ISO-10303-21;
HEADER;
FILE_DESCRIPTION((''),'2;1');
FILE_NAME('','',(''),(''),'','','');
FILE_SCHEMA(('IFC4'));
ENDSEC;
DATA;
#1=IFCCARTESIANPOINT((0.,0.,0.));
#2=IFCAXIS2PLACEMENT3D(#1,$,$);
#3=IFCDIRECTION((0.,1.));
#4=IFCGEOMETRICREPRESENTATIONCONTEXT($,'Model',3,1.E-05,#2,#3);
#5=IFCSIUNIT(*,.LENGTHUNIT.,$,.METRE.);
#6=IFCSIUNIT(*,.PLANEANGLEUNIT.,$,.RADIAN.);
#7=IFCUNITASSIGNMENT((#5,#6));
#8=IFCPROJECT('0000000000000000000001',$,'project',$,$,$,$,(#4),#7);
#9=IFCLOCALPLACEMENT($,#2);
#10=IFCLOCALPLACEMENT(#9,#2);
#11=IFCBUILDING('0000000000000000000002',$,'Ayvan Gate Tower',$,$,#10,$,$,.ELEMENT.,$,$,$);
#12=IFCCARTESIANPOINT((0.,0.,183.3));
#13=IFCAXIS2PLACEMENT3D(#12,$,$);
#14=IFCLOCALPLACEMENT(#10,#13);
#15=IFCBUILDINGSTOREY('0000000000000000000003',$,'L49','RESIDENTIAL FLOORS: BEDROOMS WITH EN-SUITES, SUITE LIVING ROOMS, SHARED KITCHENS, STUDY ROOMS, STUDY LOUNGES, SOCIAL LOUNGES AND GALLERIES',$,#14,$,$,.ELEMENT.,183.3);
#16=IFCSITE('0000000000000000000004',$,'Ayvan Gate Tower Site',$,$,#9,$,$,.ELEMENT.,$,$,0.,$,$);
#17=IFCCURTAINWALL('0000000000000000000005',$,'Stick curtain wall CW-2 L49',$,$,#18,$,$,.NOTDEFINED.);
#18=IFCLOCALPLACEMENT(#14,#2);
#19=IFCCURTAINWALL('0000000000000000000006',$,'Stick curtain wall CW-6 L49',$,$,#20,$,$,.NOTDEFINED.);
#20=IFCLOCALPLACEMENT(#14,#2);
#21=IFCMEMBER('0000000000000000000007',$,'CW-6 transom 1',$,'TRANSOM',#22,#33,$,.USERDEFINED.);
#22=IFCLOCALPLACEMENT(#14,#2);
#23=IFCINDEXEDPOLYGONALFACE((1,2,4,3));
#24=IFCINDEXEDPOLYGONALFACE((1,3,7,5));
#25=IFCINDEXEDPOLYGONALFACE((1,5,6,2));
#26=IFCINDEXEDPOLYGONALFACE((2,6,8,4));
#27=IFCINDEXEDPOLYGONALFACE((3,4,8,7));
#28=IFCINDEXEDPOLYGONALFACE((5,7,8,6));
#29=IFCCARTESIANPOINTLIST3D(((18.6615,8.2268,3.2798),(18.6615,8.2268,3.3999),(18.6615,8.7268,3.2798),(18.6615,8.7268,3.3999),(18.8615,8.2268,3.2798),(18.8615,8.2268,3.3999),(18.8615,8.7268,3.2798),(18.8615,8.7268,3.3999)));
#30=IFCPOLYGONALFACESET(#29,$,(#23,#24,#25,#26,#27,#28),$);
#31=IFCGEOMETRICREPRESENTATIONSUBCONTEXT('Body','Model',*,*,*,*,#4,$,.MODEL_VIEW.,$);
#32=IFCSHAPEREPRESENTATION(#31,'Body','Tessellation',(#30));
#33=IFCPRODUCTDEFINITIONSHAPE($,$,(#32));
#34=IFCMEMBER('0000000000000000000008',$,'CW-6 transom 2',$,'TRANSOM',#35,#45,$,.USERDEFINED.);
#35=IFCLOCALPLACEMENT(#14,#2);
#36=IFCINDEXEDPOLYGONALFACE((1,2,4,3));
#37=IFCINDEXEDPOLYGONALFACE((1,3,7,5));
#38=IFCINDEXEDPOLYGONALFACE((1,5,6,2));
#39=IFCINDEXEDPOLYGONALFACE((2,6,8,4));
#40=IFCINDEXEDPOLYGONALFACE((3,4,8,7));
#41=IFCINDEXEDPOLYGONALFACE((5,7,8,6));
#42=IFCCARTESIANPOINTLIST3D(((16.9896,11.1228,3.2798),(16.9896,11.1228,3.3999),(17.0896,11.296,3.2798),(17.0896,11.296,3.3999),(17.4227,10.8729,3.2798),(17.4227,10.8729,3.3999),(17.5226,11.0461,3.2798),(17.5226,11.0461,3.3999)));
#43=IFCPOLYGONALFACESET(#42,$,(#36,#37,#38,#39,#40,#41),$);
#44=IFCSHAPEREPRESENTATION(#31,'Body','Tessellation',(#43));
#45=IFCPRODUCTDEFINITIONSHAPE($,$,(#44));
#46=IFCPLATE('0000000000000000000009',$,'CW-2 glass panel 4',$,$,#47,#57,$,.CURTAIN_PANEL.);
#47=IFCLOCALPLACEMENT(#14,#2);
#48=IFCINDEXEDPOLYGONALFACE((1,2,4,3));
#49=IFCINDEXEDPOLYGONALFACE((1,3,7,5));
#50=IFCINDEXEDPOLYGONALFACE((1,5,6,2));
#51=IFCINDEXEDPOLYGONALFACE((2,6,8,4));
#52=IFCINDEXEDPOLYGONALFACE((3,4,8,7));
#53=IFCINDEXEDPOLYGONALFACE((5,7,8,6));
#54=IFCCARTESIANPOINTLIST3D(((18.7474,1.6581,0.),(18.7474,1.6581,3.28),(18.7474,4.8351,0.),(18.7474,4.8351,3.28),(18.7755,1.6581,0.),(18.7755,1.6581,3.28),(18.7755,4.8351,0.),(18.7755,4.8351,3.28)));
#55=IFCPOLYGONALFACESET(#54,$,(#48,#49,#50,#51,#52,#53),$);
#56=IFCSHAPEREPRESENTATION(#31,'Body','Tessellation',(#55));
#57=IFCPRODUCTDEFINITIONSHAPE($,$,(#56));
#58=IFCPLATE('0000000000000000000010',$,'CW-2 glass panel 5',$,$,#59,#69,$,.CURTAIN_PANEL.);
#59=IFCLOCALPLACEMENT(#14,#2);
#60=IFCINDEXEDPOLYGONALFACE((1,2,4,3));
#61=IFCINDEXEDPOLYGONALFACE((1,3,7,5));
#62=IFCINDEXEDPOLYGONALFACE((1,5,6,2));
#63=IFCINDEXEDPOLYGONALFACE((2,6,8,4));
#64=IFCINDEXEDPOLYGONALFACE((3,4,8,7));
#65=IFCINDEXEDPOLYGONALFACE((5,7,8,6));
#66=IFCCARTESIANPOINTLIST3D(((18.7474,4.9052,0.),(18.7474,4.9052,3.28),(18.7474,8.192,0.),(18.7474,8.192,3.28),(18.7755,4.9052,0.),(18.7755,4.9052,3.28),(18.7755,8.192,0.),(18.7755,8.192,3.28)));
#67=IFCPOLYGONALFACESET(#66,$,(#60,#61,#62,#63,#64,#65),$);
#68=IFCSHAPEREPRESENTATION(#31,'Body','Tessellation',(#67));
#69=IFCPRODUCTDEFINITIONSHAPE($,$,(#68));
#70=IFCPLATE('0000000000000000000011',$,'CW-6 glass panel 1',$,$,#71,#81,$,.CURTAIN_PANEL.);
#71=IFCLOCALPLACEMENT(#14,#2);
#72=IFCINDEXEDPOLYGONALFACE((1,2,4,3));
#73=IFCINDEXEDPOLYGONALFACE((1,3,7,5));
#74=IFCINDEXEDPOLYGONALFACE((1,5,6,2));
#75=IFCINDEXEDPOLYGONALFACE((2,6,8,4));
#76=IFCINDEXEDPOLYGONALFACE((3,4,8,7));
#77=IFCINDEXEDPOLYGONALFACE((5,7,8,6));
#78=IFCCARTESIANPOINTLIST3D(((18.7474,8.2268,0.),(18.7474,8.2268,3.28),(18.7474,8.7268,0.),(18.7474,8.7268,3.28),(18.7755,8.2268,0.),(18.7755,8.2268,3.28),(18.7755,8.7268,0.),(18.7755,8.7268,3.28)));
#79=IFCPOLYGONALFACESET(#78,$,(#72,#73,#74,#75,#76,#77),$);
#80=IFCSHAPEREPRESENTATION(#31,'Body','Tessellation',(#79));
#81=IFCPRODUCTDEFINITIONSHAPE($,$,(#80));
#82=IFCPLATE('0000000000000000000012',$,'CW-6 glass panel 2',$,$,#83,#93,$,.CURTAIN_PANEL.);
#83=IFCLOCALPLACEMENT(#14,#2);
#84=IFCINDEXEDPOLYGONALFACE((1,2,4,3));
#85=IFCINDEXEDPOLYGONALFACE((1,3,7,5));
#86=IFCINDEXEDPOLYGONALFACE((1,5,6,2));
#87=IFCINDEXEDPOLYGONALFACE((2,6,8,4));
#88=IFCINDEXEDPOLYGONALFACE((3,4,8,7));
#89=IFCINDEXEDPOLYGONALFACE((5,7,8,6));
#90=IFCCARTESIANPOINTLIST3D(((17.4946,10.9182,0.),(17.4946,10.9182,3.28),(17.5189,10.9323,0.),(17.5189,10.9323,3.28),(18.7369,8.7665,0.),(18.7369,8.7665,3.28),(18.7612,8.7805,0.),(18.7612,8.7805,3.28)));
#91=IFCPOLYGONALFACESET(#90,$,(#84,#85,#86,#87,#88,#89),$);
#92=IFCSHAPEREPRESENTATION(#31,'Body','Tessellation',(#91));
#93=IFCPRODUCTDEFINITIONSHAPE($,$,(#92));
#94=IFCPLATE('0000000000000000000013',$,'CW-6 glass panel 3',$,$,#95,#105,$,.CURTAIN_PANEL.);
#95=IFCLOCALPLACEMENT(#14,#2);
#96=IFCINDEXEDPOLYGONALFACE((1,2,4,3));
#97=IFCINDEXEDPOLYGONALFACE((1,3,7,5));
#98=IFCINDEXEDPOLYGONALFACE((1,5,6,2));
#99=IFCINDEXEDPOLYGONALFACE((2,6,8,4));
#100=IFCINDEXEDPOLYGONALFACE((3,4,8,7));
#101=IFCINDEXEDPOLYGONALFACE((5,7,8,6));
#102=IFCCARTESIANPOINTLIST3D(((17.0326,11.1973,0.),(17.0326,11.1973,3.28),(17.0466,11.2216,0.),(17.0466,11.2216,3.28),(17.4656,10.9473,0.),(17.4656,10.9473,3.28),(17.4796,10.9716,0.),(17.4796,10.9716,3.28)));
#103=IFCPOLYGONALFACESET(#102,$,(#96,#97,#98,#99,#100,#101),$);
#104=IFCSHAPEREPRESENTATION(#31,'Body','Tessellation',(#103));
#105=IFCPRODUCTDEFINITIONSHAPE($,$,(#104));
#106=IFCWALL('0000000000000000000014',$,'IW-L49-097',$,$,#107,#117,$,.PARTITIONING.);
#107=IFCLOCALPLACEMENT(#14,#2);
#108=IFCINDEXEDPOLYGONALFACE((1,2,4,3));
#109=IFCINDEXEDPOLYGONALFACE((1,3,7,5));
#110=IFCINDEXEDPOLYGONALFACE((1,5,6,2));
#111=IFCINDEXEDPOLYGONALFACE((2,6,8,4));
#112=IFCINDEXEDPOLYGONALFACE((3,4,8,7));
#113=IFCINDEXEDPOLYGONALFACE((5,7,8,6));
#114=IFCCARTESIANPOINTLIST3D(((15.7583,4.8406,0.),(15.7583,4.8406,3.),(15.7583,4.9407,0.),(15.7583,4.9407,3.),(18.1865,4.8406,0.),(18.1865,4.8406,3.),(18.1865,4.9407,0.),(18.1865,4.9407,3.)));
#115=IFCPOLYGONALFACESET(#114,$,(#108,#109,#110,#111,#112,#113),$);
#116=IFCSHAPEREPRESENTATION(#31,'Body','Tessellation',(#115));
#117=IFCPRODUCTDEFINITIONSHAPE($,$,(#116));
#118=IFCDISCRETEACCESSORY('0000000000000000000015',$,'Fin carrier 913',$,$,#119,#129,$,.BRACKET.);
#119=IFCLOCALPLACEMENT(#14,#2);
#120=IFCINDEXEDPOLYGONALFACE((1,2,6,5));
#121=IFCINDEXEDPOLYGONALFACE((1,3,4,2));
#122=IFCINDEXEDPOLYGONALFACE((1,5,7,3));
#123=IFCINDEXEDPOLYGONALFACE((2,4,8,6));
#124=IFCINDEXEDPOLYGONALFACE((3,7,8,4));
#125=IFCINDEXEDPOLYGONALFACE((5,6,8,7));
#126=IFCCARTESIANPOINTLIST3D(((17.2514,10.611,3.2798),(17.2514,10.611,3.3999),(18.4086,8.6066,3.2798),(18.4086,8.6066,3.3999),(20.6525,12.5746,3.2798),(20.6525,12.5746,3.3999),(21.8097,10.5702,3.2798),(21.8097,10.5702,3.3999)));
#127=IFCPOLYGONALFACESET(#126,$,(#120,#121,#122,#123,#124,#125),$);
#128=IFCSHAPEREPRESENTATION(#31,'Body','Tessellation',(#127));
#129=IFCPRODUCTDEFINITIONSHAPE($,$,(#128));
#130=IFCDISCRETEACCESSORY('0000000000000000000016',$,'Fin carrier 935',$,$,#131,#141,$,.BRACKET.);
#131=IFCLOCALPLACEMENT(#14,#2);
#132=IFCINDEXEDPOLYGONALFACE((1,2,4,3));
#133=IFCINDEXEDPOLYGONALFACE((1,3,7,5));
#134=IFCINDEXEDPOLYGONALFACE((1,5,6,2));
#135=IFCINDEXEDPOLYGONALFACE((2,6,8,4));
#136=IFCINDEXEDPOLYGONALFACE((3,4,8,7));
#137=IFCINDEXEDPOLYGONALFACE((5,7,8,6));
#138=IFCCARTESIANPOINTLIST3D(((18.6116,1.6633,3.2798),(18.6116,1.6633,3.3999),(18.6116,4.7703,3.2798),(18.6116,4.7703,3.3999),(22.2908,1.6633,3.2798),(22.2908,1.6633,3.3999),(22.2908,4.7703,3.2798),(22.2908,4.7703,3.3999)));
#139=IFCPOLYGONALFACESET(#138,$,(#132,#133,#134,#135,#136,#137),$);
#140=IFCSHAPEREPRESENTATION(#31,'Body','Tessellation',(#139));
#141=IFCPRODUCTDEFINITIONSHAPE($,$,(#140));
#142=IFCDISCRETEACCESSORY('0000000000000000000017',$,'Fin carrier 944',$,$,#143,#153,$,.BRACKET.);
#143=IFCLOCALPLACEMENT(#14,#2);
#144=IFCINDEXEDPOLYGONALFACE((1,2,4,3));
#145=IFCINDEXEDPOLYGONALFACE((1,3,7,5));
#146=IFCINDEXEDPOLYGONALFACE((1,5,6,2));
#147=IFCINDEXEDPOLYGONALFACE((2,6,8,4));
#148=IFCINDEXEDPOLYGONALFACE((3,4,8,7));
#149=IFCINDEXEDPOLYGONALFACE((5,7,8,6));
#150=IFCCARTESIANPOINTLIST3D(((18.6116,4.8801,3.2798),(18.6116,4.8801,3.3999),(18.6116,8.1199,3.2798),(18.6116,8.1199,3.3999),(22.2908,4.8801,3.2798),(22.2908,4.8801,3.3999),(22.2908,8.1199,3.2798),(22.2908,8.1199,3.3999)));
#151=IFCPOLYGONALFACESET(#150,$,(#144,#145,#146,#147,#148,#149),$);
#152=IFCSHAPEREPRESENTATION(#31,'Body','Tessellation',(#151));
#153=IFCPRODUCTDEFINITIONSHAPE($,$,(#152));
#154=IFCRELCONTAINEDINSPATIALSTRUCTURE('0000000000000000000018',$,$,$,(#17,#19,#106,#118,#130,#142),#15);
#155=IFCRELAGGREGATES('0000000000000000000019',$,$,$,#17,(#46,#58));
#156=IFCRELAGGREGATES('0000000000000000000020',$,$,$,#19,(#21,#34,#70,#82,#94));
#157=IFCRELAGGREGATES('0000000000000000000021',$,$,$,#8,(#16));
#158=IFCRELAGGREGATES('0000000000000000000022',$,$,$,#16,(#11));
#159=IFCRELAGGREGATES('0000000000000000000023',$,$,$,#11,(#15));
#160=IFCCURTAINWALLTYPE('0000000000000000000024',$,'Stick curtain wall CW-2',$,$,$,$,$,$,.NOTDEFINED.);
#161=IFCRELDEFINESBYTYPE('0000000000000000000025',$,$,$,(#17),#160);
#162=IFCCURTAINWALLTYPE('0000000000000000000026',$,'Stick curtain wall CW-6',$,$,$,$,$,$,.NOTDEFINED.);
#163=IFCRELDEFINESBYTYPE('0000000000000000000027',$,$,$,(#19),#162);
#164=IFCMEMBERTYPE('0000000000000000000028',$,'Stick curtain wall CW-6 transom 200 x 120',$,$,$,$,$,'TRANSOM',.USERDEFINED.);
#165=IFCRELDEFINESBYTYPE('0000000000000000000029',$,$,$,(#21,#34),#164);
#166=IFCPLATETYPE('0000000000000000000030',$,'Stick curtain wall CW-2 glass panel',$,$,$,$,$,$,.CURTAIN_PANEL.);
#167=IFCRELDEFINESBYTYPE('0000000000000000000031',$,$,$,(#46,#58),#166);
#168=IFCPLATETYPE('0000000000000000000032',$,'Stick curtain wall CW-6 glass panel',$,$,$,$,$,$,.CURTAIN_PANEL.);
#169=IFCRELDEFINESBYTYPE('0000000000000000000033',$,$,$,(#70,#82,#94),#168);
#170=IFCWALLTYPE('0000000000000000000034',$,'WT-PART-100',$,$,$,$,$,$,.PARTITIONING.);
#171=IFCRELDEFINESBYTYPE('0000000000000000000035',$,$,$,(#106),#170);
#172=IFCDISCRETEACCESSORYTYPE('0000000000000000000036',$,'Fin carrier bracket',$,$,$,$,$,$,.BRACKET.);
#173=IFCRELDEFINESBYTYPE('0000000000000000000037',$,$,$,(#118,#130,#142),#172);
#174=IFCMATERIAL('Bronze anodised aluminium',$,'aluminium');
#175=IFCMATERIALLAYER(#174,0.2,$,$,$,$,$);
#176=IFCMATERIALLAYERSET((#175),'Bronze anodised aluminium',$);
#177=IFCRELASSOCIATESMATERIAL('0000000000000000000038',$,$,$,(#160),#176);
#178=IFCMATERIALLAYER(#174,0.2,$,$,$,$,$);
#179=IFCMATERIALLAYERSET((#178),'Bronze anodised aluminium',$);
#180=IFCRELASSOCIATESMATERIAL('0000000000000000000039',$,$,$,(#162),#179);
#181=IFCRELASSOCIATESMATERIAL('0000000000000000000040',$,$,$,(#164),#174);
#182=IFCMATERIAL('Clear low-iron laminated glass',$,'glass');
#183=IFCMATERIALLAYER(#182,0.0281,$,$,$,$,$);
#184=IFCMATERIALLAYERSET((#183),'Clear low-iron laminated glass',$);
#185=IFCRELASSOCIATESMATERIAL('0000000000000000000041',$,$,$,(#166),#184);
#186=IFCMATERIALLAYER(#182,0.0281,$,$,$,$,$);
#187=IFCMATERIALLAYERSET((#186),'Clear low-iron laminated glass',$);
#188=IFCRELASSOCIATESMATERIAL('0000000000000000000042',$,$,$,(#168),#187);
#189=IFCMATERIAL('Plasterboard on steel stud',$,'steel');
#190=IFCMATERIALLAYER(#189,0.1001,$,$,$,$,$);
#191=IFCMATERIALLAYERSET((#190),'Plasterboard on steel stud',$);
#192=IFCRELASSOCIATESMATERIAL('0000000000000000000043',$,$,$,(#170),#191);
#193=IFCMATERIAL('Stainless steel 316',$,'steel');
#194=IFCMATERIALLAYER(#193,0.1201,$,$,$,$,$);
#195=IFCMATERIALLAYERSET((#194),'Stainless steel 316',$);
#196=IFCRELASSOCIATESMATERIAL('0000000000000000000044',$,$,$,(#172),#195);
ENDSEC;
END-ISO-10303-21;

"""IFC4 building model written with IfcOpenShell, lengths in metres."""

from ifc_helpers import new_model, si_unit, direction, frame, frame_2d, origin, origin_2d, place, context, subcontext, project, spatial, rectangle, extrude, material, layer, layer_set, material_profile, profile_set, type_object, element, aggregate, save


model = new_model("IFC4")

# Units and contexts
model_context = context("Model", 3, precision=1e-05, world=origin(), true_north=direction((0.0, 1.0)))
body_context = subcontext(model_context, "Body", "Model", "MODEL_VIEW")
ifc_project = project(units=[si_unit("LENGTHUNIT", "METRE"), si_unit("PLANEANGLEUNIT", "RADIAN")], contexts=[model_context])

# Site, building, storey
site_placement = place(None, origin())
site = spatial("IfcSite", under=ifc_project, at=site_placement, Name="Ayvan Gate Tower Site", CompositionType="ELEMENT", RefElevation=0.0)
building_placement = place(site_placement, origin())
building = spatial("IfcBuilding", under=site, at=building_placement, Name="Ayvan Gate Tower", CompositionType="ELEMENT")
storey_placement = place(building_placement, frame((0.0, 0.0, 183.3)))
storey = spatial("IfcBuildingStorey", under=building, at=storey_placement, Name="L49", Description="RESIDENTIAL FLOORS: BEDROOMS WITH EN-SUITES, SUITE LIVING ROOMS, SHARED KITCHENS, STUDY ROOMS, STUDY LOUNGES, SOCIAL LOUNGES AND GALLERIES", CompositionType="ELEMENT", Elevation=183.3)

# Curtain wall
ifc_material_1 = material(Name="Bronze anodised aluminium", Category="aluminium")
ifc_layer_1 = layer(ifc_material_1, 0.2)
ifc_layer_set_1 = layer_set([ifc_layer_1], Name="Bronze anodised aluminium")
curtain_wall_type_1 = type_object("IfcCurtainWallType", Name="Stick curtain wall CW-2", PredefinedType="NOTDEFINED", material=ifc_layer_set_1)
curtain_wall_1_placement = place(storey_placement, origin())
curtain_wall_1 = element("IfcCurtainWall", 1, at=curtain_wall_1_placement, inside=storey, type_object=curtain_wall_type_1, Name="Stick curtain wall CW-2 L49", PredefinedType="NOTDEFINED")

# Curtain wall, members
ifc_layer_2 = layer(ifc_material_1, 0.2)
ifc_layer_set_2 = layer_set([ifc_layer_2], Name="Bronze anodised aluminium")
curtain_wall_type_2 = type_object("IfcCurtainWallType", Name="Stick curtain wall CW-6", PredefinedType="NOTDEFINED", material=ifc_layer_set_2)
curtain_wall_2_placement = place(storey_placement, origin())
curtain_wall_2 = element("IfcCurtainWall", 2, at=curtain_wall_2_placement, inside=storey, type_object=curtain_wall_type_2, Name="Stick curtain wall CW-6 L49", PredefinedType="NOTDEFINED")
ifc_material_profile_1 = material_profile(ifc_material_1, rectangle(XDim=0.2, YDim=0.1201, at=origin_2d()), Name="Stick curtain wall CW-6 transom 200 x 120")
ifc_profile_set_1 = profile_set([ifc_material_profile_1], Name="Bronze anodised aluminium")
member_type_1 = type_object("IfcMemberType", Name="Stick curtain wall CW-6 transom 200 x 120", ElementType="TRANSOM", PredefinedType="USERDEFINED", material=ifc_profile_set_1)
member_1_placement = place(storey_placement, frame((18.7615, 8.2268, 3.3398), z_axis=(0.0, 1.0, 0.0), x_axis=(-1.0, 0.0, 0.0)))
member_1 = element("IfcMember", 3, at=member_1_placement, type_object=member_type_1, Name="CW-6 transom 1", ObjectType="TRANSOM", PredefinedType="USERDEFINED", context=body_context, shape_type="SweptSolid", body=[
    extrude(rectangle(XDim=0.2, YDim=0.1201, at=origin_2d()), origin(), (0.0, 0.0, 1.0), 0.5),
])
member_2_placement = place(storey_placement, frame((17.4727, 10.9595, 3.3398), z_axis=(-0.866072, 0.49992, 0.0), x_axis=(-0.49992, -0.866072, 0.0)))
member_2 = element("IfcMember", 4, at=member_2_placement, type_object=member_type_1, Name="CW-6 transom 2", ObjectType="TRANSOM", PredefinedType="USERDEFINED", context=body_context, shape_type="SweptSolid", body=[
    extrude(rectangle(XDim=0.2, YDim=0.1201, at=origin_2d()), origin(), (0.0, 0.0, 1.0), 0.5),
])

# Plates
ifc_material_2 = material(Name="Clear low-iron laminated glass", Category="glass")
ifc_layer_3 = layer(ifc_material_2, 0.0281)
ifc_layer_set_3 = layer_set([ifc_layer_3], Name="Clear low-iron laminated glass")
plate_type_1 = type_object("IfcPlateType", Name="Stick curtain wall CW-2 glass panel", PredefinedType="CURTAIN_PANEL", material=ifc_layer_set_3)
plate_1_placement = place(storey_placement, frame((18.7615, 3.2466, 0.0), z_axis=(0.0, 0.0, 1.0), x_axis=(0.0, 1.0, 0.0)))
plate_1 = element("IfcPlate", 5, at=plate_1_placement, type_object=plate_type_1, Name="CW-2 glass panel 4", PredefinedType="CURTAIN_PANEL", context=body_context, shape_type="SweptSolid", body=[
    extrude(rectangle(XDim=3.177, YDim=0.0281, at=origin_2d()), origin(), (0.0, 0.0, 1.0), 3.28),
])
plate_2_placement = place(storey_placement, frame((18.7615, 6.5486, 0.0), z_axis=(0.0, 0.0, 1.0), x_axis=(0.0, 1.0, 0.0)))
plate_2 = element("IfcPlate", 6, at=plate_2_placement, type_object=plate_type_1, Name="CW-2 glass panel 5", PredefinedType="CURTAIN_PANEL", context=body_context, shape_type="SweptSolid", body=[
    extrude(rectangle(XDim=3.2869, YDim=0.0281, at=origin_2d()), origin(), (0.0, 0.0, 1.0), 3.28),
])
aggregate(curtain_wall_1, [plate_1, plate_2])
ifc_layer_4 = layer(ifc_material_2, 0.0281)
ifc_layer_set_4 = layer_set([ifc_layer_4], Name="Clear low-iron laminated glass")
plate_type_2 = type_object("IfcPlateType", Name="Stick curtain wall CW-6 glass panel", PredefinedType="CURTAIN_PANEL", material=ifc_layer_set_4)
plate_3_placement = place(storey_placement, frame((18.7615, 8.4768, 0.0), z_axis=(0.0, 0.0, 1.0), x_axis=(0.0, 1.0, 0.0)))
plate_3 = element("IfcPlate", 7, at=plate_3_placement, type_object=plate_type_2, Name="CW-6 glass panel 1", PredefinedType="CURTAIN_PANEL", context=body_context, shape_type="SweptSolid", body=[
    extrude(rectangle(XDim=0.5, YDim=0.0281, at=origin_2d()), origin(), (0.0, 0.0, 1.0), 3.28),
])
plate_4_placement = place(storey_placement, frame((18.1279, 9.8494, 0.0), z_axis=(0.0, 0.0, 1.0), x_axis=(-0.5, 0.866025, 0.0)))
plate_4 = element("IfcPlate", 8, at=plate_4_placement, type_object=plate_type_2, Name="CW-6 glass panel 2", PredefinedType="CURTAIN_PANEL", context=body_context, shape_type="SweptSolid", body=[
    extrude(rectangle(XDim=2.4846, YDim=0.0281, at=origin_2d()), origin(), (0.0, 0.0, 1.0), 3.28),
])
plate_5_placement = place(storey_placement, frame((17.2561, 11.0845, 0.0), z_axis=(0.0, 0.0, 1.0), x_axis=(-0.866025, 0.5, 0.0)))
plate_5 = element("IfcPlate", 9, at=plate_5_placement, type_object=plate_type_2, Name="CW-6 glass panel 3", PredefinedType="CURTAIN_PANEL", context=body_context, shape_type="SweptSolid", body=[
    extrude(rectangle(XDim=0.5, YDim=0.0281, at=origin_2d()), origin(), (0.0, 0.0, 1.0), 3.28),
])
aggregate(curtain_wall_2, [member_1, member_2, plate_3, plate_4, plate_5])

# Wall
ifc_material_3 = material(Name="Plasterboard on steel stud", Category="steel")
ifc_layer_5 = layer(ifc_material_3, 0.1001)
ifc_layer_set_5 = layer_set([ifc_layer_5], Name="Plasterboard on steel stud")
wall_type = type_object("IfcWallType", Name="WT-PART-100", PredefinedType="PARTITIONING", material=ifc_layer_set_5)
wall_placement = place(storey_placement, frame((15.7583, 4.8906, 0.0), z_axis=(0.0, 0.0, 1.0), x_axis=(1.0, 0.0, 0.0)))
element("IfcWall", 10, at=wall_placement, inside=storey, type_object=wall_type, Name="IW-L49-097", PredefinedType="PARTITIONING", context=body_context, shape_type="SweptSolid", body=[
    extrude(rectangle(XDim=2.4282, YDim=0.1001, at=frame_2d((1.2141, 0.0))), origin(), (0.0, 0.0, 1.0), 3.0),
])

# Discrete accessories
ifc_material_4 = material(Name="Stainless steel 316", Category="steel")
ifc_layer_6 = layer(ifc_material_4, 0.1201)
ifc_layer_set_6 = layer_set([ifc_layer_6], Name="Stainless steel 316")
discrete_accessory_type = type_object("IfcDiscreteAccessoryType", Name="Fin carrier bracket", PredefinedType="BRACKET", material=ifc_layer_set_6)
discrete_accessory_1_placement = place(storey_placement, frame((19.5305, 10.5906, 3.2798), z_axis=(0.0, 0.0, 1.0), x_axis=(-0.5, 0.866025, 0.0)))
element("IfcDiscreteAccessory", 11, at=discrete_accessory_1_placement, inside=storey, type_object=discrete_accessory_type, Name="Fin carrier 913", PredefinedType="BRACKET", context=body_context, shape_type="SweptSolid", body=[
    extrude(rectangle(XDim=2.3145, YDim=3.9272, at=origin_2d()), origin(), (0.0, 0.0, 1.0), 0.1201),
])
discrete_accessory_2_placement = place(storey_placement, frame((20.4512, 3.2168, 3.2798), z_axis=(0.0, 0.0, 1.0), x_axis=(0.0, 1.0, 0.0)))
element("IfcDiscreteAccessory", 12, at=discrete_accessory_2_placement, inside=storey, type_object=discrete_accessory_type, Name="Fin carrier 935", PredefinedType="BRACKET", context=body_context, shape_type="SweptSolid", body=[
    extrude(rectangle(XDim=3.1069, YDim=3.6792, at=origin_2d()), origin(), (0.0, 0.0, 1.0), 0.1201),
])
discrete_accessory_3_placement = place(storey_placement, frame((20.4512, 6.5, 3.2798), z_axis=(0.0, 0.0, 1.0), x_axis=(0.0, 1.0, 0.0)))
element("IfcDiscreteAccessory", 13, at=discrete_accessory_3_placement, inside=storey, type_object=discrete_accessory_type, Name="Fin carrier 944", PredefinedType="BRACKET", context=body_context, shape_type="SweptSolid", body=[
    extrude(rectangle(XDim=3.2397, YDim=3.6792, at=origin_2d()), origin(), (0.0, 0.0, 1.0), 0.1201),
])

save(model, "model.ifc")
